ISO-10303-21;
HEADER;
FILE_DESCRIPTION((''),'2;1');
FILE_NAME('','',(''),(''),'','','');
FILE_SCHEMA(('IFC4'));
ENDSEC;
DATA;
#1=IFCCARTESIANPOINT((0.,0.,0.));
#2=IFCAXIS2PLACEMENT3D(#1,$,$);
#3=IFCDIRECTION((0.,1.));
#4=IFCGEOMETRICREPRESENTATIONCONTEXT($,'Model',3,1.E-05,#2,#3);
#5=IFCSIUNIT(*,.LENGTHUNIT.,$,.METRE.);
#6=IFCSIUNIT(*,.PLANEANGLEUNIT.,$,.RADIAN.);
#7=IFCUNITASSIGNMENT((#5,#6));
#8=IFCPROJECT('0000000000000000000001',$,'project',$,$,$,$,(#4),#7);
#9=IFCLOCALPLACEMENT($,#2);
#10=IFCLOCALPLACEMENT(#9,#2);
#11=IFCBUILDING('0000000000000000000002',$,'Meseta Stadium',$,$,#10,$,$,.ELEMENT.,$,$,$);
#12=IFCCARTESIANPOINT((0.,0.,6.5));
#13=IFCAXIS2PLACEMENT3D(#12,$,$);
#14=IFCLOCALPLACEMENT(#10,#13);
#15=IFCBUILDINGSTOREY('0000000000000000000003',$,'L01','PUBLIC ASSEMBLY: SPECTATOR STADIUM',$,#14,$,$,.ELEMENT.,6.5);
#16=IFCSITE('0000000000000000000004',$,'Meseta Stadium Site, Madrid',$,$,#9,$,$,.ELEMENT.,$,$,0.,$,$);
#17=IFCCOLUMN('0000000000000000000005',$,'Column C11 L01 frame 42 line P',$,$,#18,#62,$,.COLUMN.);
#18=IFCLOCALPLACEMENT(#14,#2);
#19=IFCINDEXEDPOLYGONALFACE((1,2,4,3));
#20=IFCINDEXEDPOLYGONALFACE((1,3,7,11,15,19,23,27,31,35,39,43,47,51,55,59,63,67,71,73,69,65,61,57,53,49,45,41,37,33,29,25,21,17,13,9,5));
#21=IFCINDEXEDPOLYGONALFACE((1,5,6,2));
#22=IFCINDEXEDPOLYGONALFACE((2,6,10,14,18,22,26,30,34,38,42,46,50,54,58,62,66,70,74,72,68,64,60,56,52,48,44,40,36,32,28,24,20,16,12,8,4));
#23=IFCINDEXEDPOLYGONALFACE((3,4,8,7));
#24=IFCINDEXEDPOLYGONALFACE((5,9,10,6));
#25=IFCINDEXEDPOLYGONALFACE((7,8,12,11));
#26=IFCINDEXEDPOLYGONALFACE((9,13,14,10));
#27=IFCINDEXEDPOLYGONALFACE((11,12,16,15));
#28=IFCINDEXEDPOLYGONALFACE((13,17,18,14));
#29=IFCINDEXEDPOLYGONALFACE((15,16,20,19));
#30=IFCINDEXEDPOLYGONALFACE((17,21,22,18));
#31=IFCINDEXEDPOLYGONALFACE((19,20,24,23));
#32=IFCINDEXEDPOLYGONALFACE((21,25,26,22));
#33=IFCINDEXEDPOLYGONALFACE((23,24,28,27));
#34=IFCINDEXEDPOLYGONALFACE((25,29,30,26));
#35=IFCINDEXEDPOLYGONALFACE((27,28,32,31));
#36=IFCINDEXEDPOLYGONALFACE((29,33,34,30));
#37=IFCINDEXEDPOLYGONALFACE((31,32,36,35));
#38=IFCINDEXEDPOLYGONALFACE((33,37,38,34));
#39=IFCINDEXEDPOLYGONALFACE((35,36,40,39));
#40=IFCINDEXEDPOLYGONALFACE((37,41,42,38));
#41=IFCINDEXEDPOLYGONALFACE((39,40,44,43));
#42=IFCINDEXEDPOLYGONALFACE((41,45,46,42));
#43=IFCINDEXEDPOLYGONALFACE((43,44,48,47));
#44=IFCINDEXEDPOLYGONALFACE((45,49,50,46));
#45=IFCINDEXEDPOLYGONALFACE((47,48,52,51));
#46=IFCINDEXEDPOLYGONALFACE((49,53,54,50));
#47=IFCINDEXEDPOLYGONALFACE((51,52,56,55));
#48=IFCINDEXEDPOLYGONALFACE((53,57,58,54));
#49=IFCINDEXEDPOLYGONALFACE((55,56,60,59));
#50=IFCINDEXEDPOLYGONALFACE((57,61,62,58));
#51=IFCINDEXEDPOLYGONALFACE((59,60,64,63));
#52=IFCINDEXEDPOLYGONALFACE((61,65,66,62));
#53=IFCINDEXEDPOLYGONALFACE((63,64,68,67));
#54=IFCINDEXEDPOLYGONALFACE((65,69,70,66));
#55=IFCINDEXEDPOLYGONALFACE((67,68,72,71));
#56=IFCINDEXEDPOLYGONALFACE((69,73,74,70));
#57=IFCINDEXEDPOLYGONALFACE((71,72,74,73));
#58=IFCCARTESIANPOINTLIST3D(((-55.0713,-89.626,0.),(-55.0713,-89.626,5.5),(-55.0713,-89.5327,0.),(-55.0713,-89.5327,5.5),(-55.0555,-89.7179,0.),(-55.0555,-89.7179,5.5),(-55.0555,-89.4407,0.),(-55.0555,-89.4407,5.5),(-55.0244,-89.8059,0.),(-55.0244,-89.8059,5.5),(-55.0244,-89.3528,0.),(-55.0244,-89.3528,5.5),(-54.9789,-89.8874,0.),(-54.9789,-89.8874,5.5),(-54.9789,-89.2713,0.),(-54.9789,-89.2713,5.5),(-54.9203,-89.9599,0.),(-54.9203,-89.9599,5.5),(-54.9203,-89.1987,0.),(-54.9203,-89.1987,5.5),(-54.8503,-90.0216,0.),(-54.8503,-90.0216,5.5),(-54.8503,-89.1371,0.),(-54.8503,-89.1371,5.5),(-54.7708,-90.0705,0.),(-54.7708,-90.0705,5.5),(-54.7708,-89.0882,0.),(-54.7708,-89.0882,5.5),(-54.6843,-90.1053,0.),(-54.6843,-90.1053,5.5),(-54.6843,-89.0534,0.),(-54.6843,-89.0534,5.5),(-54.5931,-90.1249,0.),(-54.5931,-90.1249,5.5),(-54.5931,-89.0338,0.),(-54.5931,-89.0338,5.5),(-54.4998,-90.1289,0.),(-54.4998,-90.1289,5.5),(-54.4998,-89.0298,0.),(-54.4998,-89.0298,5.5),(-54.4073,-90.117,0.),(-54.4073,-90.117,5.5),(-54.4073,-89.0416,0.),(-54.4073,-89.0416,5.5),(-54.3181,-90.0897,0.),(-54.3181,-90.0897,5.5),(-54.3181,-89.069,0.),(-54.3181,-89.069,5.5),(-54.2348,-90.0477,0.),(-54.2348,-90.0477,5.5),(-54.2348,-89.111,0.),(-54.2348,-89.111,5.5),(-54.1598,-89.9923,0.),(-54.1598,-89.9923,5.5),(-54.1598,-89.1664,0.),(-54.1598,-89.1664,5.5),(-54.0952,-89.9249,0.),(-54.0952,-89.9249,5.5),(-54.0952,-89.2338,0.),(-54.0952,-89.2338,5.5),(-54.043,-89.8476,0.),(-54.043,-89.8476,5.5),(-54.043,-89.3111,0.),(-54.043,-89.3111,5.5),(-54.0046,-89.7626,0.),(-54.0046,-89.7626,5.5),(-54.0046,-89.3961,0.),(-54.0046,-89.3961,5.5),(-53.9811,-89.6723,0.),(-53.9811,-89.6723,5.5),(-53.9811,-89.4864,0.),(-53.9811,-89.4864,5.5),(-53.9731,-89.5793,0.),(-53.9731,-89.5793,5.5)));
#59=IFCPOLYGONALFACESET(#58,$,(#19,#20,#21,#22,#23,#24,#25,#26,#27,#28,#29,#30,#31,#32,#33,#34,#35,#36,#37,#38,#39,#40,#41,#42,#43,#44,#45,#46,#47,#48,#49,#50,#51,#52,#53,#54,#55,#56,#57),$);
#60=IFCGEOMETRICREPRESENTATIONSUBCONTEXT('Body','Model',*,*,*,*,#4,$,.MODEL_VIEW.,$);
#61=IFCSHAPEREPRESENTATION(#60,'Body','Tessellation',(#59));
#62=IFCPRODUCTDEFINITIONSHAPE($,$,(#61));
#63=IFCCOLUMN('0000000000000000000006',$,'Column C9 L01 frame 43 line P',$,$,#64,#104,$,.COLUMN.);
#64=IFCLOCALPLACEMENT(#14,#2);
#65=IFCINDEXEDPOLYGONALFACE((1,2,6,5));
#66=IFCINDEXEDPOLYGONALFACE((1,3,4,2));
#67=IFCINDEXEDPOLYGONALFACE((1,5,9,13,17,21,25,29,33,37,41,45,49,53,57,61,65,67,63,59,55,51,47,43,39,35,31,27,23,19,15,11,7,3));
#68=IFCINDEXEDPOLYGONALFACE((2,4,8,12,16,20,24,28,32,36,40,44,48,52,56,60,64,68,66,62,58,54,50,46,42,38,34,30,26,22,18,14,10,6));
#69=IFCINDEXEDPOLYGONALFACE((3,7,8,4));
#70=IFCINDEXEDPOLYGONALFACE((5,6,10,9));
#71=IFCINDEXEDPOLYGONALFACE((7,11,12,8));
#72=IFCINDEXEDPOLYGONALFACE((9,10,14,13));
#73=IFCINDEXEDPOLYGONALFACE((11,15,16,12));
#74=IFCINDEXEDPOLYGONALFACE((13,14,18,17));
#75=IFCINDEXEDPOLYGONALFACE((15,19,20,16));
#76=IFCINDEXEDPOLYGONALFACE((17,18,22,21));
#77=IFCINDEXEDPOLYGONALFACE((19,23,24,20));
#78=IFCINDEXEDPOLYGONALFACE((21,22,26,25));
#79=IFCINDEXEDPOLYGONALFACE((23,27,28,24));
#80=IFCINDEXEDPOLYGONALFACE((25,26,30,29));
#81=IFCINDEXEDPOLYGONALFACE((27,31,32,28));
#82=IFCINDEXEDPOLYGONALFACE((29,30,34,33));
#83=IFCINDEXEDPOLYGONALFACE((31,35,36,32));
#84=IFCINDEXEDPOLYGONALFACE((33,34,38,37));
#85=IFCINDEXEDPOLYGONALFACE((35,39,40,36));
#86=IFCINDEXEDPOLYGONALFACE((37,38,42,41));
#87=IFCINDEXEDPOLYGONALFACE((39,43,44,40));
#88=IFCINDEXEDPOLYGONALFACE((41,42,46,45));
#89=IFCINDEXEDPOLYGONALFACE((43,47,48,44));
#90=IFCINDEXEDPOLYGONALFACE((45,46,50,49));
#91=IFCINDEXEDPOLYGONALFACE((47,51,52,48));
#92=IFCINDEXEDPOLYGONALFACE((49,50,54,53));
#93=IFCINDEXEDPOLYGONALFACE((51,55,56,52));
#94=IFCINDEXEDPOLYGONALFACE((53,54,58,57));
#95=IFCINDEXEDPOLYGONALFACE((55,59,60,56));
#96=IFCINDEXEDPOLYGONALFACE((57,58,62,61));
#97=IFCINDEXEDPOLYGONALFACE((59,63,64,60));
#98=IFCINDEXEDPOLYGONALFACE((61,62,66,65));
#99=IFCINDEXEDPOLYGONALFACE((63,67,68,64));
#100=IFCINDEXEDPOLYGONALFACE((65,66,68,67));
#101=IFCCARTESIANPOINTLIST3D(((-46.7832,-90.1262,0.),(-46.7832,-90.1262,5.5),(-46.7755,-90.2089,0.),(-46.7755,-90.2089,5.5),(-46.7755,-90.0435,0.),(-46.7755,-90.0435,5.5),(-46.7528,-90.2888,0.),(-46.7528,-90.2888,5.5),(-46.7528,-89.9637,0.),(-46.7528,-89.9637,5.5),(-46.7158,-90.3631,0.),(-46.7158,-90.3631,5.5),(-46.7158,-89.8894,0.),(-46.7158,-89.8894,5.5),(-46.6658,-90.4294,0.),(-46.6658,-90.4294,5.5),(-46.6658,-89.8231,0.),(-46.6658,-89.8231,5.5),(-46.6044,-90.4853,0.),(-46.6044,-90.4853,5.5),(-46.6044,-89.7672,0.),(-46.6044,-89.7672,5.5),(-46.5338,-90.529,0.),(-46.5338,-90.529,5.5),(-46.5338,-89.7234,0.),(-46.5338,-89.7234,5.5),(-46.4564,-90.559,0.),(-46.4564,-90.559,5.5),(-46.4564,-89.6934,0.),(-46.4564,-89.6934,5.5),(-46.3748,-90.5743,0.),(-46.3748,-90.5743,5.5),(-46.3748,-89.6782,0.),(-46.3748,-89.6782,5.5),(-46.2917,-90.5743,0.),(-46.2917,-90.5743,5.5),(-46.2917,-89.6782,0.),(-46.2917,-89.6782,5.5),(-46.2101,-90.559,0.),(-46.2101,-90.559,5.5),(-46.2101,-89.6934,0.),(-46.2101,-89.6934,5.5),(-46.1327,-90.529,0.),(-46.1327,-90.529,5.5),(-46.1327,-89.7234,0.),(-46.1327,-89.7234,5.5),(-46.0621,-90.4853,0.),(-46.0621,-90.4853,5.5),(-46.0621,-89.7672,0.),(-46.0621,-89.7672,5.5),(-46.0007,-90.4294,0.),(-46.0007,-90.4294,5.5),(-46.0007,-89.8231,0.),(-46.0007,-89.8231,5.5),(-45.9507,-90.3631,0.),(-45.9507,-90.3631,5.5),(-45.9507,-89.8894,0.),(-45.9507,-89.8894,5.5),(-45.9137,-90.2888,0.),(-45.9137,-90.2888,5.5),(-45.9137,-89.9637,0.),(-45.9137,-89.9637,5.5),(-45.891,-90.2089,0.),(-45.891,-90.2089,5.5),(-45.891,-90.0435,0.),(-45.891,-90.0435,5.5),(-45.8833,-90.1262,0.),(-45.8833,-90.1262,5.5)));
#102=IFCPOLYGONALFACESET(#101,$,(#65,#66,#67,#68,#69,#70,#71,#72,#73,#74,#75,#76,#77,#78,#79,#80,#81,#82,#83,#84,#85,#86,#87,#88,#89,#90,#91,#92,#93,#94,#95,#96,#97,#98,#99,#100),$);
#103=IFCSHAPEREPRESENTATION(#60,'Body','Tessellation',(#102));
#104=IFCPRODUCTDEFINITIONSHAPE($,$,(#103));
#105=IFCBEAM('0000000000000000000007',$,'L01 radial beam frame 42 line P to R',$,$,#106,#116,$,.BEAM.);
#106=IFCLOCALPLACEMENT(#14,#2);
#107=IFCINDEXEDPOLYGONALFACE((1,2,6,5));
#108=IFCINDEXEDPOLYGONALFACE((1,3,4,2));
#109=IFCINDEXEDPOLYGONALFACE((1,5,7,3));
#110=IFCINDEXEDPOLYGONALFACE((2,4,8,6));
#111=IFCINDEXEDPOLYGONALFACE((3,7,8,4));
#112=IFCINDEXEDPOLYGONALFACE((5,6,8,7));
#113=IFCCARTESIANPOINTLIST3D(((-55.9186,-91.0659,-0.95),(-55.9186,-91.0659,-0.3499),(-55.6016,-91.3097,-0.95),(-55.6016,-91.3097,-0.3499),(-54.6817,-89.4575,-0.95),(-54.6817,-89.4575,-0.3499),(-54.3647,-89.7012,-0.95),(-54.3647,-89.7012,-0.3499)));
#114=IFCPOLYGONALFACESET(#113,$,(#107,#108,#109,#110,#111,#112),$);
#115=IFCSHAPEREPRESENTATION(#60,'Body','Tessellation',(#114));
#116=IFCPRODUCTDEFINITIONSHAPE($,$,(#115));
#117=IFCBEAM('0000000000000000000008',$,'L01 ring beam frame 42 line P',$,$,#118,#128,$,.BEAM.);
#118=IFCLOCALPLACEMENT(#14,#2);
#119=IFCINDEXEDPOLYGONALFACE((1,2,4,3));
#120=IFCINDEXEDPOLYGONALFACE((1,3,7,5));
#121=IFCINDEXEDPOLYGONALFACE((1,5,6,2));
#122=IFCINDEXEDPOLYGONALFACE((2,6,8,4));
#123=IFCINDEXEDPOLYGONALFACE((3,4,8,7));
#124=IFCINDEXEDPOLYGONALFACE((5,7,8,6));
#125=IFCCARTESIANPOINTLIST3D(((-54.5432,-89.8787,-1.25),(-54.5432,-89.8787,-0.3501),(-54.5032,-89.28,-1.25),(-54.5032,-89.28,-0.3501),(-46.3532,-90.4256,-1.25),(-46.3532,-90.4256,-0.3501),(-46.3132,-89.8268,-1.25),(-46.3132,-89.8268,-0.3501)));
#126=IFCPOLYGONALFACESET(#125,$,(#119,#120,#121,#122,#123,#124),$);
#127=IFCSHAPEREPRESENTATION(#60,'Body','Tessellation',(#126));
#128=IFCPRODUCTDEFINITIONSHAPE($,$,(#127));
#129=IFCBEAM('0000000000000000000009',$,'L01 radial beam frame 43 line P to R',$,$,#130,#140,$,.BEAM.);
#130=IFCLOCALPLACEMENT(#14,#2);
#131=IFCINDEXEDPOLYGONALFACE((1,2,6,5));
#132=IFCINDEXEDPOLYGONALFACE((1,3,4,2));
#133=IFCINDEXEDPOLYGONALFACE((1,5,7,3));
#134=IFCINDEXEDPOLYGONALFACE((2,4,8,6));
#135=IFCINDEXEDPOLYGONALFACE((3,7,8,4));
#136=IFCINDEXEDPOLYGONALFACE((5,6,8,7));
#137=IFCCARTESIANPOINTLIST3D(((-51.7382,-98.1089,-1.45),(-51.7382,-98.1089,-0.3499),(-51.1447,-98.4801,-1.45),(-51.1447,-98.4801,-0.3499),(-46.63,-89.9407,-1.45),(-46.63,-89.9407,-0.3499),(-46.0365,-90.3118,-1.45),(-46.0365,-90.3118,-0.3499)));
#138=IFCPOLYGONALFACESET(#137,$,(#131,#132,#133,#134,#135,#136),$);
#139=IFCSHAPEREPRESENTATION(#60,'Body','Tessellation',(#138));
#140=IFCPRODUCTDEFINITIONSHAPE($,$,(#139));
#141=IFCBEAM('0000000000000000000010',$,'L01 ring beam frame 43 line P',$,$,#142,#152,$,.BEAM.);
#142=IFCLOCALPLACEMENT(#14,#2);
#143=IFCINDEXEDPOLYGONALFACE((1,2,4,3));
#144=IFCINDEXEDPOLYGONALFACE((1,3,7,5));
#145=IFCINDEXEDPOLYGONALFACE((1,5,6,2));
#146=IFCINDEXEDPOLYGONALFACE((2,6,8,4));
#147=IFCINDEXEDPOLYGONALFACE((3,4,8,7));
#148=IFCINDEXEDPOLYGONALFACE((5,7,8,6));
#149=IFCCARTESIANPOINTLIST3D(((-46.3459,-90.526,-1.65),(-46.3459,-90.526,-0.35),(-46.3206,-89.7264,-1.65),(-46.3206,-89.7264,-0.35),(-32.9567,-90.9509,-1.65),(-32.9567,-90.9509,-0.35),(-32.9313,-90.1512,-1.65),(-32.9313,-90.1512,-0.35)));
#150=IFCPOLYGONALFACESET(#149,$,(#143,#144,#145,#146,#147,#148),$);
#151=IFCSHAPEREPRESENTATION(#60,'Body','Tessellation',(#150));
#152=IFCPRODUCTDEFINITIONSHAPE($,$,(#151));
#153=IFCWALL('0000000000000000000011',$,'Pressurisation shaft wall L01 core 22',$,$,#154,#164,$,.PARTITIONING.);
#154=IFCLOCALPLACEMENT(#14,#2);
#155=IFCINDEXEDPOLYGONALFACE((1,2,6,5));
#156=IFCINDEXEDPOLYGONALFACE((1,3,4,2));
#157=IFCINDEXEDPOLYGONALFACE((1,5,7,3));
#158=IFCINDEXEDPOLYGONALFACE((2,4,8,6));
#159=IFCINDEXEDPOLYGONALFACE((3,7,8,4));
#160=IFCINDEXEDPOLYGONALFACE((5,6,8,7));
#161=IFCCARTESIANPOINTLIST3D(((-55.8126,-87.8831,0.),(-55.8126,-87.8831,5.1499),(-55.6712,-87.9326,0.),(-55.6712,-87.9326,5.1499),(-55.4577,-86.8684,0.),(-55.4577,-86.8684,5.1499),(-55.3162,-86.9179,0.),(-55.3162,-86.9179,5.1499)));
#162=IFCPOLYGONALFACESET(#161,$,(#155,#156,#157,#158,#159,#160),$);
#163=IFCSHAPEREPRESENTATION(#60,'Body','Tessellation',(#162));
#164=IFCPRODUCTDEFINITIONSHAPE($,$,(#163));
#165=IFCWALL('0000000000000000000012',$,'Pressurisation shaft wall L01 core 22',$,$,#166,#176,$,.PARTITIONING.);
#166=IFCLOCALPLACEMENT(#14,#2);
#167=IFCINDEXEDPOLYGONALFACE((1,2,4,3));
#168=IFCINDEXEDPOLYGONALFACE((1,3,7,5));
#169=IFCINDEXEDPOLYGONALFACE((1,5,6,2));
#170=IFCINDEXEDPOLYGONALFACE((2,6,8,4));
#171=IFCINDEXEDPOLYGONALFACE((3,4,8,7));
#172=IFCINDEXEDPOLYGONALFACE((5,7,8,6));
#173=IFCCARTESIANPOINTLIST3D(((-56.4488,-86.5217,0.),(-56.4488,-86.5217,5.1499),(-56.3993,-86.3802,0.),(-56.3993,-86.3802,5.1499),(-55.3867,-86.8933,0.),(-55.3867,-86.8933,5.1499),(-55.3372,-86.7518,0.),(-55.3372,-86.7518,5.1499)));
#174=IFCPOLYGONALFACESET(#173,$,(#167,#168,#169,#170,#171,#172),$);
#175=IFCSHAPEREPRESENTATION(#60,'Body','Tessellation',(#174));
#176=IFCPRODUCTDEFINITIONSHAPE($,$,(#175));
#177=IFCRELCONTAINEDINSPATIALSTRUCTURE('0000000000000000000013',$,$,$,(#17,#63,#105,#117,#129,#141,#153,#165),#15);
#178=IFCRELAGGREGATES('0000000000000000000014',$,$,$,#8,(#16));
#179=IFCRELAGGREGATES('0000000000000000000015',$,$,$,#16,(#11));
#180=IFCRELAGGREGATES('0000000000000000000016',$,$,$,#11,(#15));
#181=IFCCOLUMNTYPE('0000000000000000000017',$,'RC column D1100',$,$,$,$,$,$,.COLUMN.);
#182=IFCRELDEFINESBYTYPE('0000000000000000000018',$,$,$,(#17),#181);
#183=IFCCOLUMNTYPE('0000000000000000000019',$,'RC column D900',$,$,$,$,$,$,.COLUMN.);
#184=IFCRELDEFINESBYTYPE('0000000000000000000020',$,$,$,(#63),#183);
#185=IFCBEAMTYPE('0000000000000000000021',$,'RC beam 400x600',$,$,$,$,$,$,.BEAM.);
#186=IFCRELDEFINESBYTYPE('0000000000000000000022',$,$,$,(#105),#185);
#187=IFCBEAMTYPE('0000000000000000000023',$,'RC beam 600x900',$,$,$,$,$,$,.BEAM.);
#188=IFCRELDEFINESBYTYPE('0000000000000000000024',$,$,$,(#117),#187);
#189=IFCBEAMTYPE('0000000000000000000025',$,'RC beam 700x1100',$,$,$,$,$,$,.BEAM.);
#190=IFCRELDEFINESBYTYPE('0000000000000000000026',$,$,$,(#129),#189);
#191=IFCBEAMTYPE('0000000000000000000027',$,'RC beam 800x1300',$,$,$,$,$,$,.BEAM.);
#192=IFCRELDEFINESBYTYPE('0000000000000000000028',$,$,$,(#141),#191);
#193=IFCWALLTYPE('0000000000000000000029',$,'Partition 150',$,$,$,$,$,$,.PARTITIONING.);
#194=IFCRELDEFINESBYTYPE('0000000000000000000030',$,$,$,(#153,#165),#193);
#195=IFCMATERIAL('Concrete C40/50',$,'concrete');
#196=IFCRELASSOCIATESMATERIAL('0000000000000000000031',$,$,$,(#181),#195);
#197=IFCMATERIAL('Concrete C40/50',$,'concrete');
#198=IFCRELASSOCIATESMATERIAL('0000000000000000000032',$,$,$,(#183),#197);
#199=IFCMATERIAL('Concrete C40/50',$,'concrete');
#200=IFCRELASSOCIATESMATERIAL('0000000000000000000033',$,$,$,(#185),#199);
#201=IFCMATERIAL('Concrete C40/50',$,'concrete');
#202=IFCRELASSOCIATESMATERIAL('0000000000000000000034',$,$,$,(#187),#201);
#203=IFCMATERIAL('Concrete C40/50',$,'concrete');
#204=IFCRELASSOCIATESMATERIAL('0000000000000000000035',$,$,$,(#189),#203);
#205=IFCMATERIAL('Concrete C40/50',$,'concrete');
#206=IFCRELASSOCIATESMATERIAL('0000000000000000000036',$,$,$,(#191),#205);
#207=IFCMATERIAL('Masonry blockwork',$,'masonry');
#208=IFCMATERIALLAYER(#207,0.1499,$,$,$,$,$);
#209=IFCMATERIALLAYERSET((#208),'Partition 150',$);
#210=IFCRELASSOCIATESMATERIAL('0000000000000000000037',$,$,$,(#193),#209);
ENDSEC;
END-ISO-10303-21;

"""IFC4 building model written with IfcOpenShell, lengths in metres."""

from ifc_helpers import new_model, si_unit, direction, frame, frame_2d, origin, origin_2d, place, context, subcontext, project, spatial, rectangle, circle, extrude, material, layer, layer_set, material_profile, profile_set, type_object, element, save


model = new_model("IFC4")

# Units and contexts
model_context = context("Model", 3, precision=1e-05, world=origin(), true_north=direction((0.0, 1.0)))
body_context = subcontext(model_context, "Body", "Model", "MODEL_VIEW")
ifc_project = project(units=[si_unit("LENGTHUNIT", "METRE"), si_unit("PLANEANGLEUNIT", "RADIAN")], contexts=[model_context])

# Site, building, storey
site_placement = place(None, origin())
site = spatial("IfcSite", under=ifc_project, at=site_placement, Name="Meseta Stadium Site, Madrid", CompositionType="ELEMENT", RefElevation=0.0)
building_placement = place(site_placement, origin())
building = spatial("IfcBuilding", under=site, at=building_placement, Name="Meseta Stadium", CompositionType="ELEMENT")
storey_placement = place(building_placement, frame((0.0, 0.0, 6.5)))
storey = spatial("IfcBuildingStorey", under=building, at=storey_placement, Name="L01", Description="PUBLIC ASSEMBLY: SPECTATOR STADIUM", CompositionType="ELEMENT", Elevation=6.5)

# Columns
ifc_material_1 = material(Name="Concrete C40/50", Category="concrete")
ifc_material_profile_1 = material_profile(ifc_material_1, circle(Radius=0.55, at=origin_2d()), Name="RC D1100")
ifc_profile_set_1 = profile_set([ifc_material_profile_1], Name="Concrete C40/50")
column_type_1 = type_object("IfcColumnType", Name="RC column D1100", PredefinedType="COLUMN", material=ifc_profile_set_1)
column_1_placement = place(storey_placement, frame((-54.5232, -89.5793, 0.0), z_axis=(0.0, 0.0, 1.0), x_axis=(1.0, 0.0, 0.0)))
element("IfcColumn", 1, at=column_1_placement, inside=storey, type_object=column_type_1, Name="Column C11 L01 frame 42 line P", PredefinedType="COLUMN", context=body_context, shape_type="SweptSolid", body=[
    extrude(circle(Radius=0.55, at=origin_2d()), origin(), (0.0, 0.0, 1.0), 5.5),
])
ifc_material_2 = material(Name="Concrete C40/50", Category="concrete")
ifc_material_profile_2 = material_profile(ifc_material_2, circle(Radius=0.45, at=origin_2d()), Name="RC D900")
ifc_profile_set_2 = profile_set([ifc_material_profile_2], Name="Concrete C40/50")
column_type_2 = type_object("IfcColumnType", Name="RC column D900", PredefinedType="COLUMN", material=ifc_profile_set_2)
column_2_placement = place(storey_placement, frame((-46.3333, -90.1262, 0.0), z_axis=(0.0, 0.0, 1.0), x_axis=(1.0, 0.0, 0.0)))
element("IfcColumn", 2, at=column_2_placement, inside=storey, type_object=column_type_2, Name="Column C9 L01 frame 43 line P", PredefinedType="COLUMN", context=body_context, shape_type="SweptSolid", body=[
    extrude(circle(Radius=0.45, at=origin_2d()), origin(), (0.0, 0.0, 1.0), 5.5),
])

# Beams
ifc_material_3 = material(Name="Concrete C40/50", Category="concrete")
ifc_material_profile_3 = material_profile(ifc_material_3, rectangle(XDim=0.3999, YDim=0.6001, at=origin_2d()), Name="RC 400x600")
ifc_profile_set_3 = profile_set([ifc_material_profile_3], Name="Concrete C40/50")
beam_type_1 = type_object("IfcBeamType", Name="RC beam 400x600", PredefinedType="BEAM", material=ifc_profile_set_3)
beam_1_placement = place(storey_placement, frame((-54.5232, -89.5793, -0.6499), z_axis=(-0.609583, -0.792722, 0.0), x_axis=(0.792722, -0.609583, 0.0)))
element("IfcBeam", 3, at=beam_1_placement, inside=storey, type_object=beam_type_1, Name="L01 radial beam frame 42 line P to R", PredefinedType="BEAM", context=body_context, shape_type="SweptSolid", body=[
    extrude(rectangle(XDim=0.3999, YDim=0.6001, at=origin_2d()), origin(), (0.0, 0.0, 1.0), 2.0291),
])
ifc_material_4 = material(Name="Concrete C40/50", Category="concrete")
ifc_material_profile_4 = material_profile(ifc_material_4, rectangle(XDim=0.6001, YDim=0.8999, at=origin_2d()), Name="RC 600x900")
ifc_profile_set_4 = profile_set([ifc_material_profile_4], Name="Concrete C40/50")
beam_type_2 = type_object("IfcBeamType", Name="RC beam 600x900", PredefinedType="BEAM", material=ifc_profile_set_4)
beam_2_placement = place(storey_placement, frame((-54.5232, -89.5793, -0.8), z_axis=(0.997778, -0.066626, 0.0), x_axis=(0.066626, 0.997778, 0.0)))
element("IfcBeam", 4, at=beam_2_placement, inside=storey, type_object=beam_type_2, Name="L01 ring beam frame 42 line P", PredefinedType="BEAM", context=body_context, shape_type="SweptSolid", body=[
    extrude(rectangle(XDim=0.6001, YDim=0.8999, at=origin_2d()), origin(), (0.0, 0.0, 1.0), 8.2083),
])
ifc_material_5 = material(Name="Concrete C40/50", Category="concrete")
ifc_material_profile_5 = material_profile(ifc_material_5, rectangle(XDim=0.7, YDim=1.1001, at=origin_2d()), Name="RC 700x1100")
ifc_profile_set_5 = profile_set([ifc_material_profile_5], Name="Concrete C40/50")
beam_type_3 = type_object("IfcBeamType", Name="RC beam 700x1100", PredefinedType="BEAM", material=ifc_profile_set_5)
beam_3_placement = place(storey_placement, frame((-46.3333, -90.1262, -0.8999), z_axis=(-0.530224, -0.847857, 0.0), x_axis=(0.847857, -0.530224, 0.0)))
element("IfcBeam", 5, at=beam_3_placement, inside=storey, type_object=beam_type_3, Name="L01 radial beam frame 43 line P to R", PredefinedType="BEAM", context=body_context, shape_type="SweptSolid", body=[
    extrude(rectangle(XDim=0.7, YDim=1.1001, at=origin_2d()), origin(), (0.0, 0.0, 1.0), 9.634),
])
ifc_material_6 = material(Name="Concrete C40/50", Category="concrete")
ifc_material_profile_6 = material_profile(ifc_material_6, rectangle(XDim=0.8, YDim=1.3, at=origin_2d()), Name="RC 800x1300")
ifc_profile_set_6 = profile_set([ifc_material_profile_6], Name="Concrete C40/50")
beam_type_4 = type_object("IfcBeamType", Name="RC beam 800x1300", PredefinedType="BEAM", material=ifc_profile_set_6)
beam_4_placement = place(storey_placement, frame((-46.3333, -90.1262, -1.0), z_axis=(0.999497, -0.031712, 0.0), x_axis=(0.031712, 0.999497, 0.0)))
element("IfcBeam", 6, at=beam_4_placement, inside=storey, type_object=beam_type_4, Name="L01 ring beam frame 43 line P", PredefinedType="BEAM", context=body_context, shape_type="SweptSolid", body=[
    extrude(rectangle(XDim=0.8, YDim=1.3, at=origin_2d()), origin(), (0.0, 0.0, 1.0), 13.396),
])

# Walls
ifc_material_7 = material(Name="Masonry blockwork", Category="masonry")
ifc_layer = layer(ifc_material_7, 0.1499)
ifc_layer_set = layer_set([ifc_layer], Name="Partition 150")
wall_type = type_object("IfcWallType", Name="Partition 150", PredefinedType="PARTITIONING", material=ifc_layer_set)
wall_1_placement = place(storey_placement, frame((-55.7419, -87.908, 0.0), z_axis=(0.0, 0.0, 1.0), x_axis=(0.330229, 0.943901, 0.0)))
element("IfcWall", 7, at=wall_1_placement, inside=storey, type_object=wall_type, Name="Pressurisation shaft wall L01 core 22", PredefinedType="PARTITIONING", context=body_context, shape_type="SweptSolid", body=[
    extrude(rectangle(XDim=1.075, YDim=0.1499, at=frame_2d((0.5376, 0.0))), origin(), (0.0, 0.0, 1.0), 5.1499),
])
wall_2_placement = place(storey_placement, frame((-55.3621, -86.8225, 0.0), z_axis=(0.0, 0.0, 1.0), x_axis=(-0.943892, 0.330254, 0.0)))
element("IfcWall", 8, at=wall_2_placement, inside=storey, type_object=wall_type, Name="Pressurisation shaft wall L01 core 22", PredefinedType="PARTITIONING", context=body_context, shape_type="SweptSolid", body=[
    extrude(rectangle(XDim=1.1252, YDim=0.1499, at=frame_2d((0.5625, 0.0))), origin(), (0.0, 0.0, 1.0), 5.1499),
])

save(model, "model.ifc")
